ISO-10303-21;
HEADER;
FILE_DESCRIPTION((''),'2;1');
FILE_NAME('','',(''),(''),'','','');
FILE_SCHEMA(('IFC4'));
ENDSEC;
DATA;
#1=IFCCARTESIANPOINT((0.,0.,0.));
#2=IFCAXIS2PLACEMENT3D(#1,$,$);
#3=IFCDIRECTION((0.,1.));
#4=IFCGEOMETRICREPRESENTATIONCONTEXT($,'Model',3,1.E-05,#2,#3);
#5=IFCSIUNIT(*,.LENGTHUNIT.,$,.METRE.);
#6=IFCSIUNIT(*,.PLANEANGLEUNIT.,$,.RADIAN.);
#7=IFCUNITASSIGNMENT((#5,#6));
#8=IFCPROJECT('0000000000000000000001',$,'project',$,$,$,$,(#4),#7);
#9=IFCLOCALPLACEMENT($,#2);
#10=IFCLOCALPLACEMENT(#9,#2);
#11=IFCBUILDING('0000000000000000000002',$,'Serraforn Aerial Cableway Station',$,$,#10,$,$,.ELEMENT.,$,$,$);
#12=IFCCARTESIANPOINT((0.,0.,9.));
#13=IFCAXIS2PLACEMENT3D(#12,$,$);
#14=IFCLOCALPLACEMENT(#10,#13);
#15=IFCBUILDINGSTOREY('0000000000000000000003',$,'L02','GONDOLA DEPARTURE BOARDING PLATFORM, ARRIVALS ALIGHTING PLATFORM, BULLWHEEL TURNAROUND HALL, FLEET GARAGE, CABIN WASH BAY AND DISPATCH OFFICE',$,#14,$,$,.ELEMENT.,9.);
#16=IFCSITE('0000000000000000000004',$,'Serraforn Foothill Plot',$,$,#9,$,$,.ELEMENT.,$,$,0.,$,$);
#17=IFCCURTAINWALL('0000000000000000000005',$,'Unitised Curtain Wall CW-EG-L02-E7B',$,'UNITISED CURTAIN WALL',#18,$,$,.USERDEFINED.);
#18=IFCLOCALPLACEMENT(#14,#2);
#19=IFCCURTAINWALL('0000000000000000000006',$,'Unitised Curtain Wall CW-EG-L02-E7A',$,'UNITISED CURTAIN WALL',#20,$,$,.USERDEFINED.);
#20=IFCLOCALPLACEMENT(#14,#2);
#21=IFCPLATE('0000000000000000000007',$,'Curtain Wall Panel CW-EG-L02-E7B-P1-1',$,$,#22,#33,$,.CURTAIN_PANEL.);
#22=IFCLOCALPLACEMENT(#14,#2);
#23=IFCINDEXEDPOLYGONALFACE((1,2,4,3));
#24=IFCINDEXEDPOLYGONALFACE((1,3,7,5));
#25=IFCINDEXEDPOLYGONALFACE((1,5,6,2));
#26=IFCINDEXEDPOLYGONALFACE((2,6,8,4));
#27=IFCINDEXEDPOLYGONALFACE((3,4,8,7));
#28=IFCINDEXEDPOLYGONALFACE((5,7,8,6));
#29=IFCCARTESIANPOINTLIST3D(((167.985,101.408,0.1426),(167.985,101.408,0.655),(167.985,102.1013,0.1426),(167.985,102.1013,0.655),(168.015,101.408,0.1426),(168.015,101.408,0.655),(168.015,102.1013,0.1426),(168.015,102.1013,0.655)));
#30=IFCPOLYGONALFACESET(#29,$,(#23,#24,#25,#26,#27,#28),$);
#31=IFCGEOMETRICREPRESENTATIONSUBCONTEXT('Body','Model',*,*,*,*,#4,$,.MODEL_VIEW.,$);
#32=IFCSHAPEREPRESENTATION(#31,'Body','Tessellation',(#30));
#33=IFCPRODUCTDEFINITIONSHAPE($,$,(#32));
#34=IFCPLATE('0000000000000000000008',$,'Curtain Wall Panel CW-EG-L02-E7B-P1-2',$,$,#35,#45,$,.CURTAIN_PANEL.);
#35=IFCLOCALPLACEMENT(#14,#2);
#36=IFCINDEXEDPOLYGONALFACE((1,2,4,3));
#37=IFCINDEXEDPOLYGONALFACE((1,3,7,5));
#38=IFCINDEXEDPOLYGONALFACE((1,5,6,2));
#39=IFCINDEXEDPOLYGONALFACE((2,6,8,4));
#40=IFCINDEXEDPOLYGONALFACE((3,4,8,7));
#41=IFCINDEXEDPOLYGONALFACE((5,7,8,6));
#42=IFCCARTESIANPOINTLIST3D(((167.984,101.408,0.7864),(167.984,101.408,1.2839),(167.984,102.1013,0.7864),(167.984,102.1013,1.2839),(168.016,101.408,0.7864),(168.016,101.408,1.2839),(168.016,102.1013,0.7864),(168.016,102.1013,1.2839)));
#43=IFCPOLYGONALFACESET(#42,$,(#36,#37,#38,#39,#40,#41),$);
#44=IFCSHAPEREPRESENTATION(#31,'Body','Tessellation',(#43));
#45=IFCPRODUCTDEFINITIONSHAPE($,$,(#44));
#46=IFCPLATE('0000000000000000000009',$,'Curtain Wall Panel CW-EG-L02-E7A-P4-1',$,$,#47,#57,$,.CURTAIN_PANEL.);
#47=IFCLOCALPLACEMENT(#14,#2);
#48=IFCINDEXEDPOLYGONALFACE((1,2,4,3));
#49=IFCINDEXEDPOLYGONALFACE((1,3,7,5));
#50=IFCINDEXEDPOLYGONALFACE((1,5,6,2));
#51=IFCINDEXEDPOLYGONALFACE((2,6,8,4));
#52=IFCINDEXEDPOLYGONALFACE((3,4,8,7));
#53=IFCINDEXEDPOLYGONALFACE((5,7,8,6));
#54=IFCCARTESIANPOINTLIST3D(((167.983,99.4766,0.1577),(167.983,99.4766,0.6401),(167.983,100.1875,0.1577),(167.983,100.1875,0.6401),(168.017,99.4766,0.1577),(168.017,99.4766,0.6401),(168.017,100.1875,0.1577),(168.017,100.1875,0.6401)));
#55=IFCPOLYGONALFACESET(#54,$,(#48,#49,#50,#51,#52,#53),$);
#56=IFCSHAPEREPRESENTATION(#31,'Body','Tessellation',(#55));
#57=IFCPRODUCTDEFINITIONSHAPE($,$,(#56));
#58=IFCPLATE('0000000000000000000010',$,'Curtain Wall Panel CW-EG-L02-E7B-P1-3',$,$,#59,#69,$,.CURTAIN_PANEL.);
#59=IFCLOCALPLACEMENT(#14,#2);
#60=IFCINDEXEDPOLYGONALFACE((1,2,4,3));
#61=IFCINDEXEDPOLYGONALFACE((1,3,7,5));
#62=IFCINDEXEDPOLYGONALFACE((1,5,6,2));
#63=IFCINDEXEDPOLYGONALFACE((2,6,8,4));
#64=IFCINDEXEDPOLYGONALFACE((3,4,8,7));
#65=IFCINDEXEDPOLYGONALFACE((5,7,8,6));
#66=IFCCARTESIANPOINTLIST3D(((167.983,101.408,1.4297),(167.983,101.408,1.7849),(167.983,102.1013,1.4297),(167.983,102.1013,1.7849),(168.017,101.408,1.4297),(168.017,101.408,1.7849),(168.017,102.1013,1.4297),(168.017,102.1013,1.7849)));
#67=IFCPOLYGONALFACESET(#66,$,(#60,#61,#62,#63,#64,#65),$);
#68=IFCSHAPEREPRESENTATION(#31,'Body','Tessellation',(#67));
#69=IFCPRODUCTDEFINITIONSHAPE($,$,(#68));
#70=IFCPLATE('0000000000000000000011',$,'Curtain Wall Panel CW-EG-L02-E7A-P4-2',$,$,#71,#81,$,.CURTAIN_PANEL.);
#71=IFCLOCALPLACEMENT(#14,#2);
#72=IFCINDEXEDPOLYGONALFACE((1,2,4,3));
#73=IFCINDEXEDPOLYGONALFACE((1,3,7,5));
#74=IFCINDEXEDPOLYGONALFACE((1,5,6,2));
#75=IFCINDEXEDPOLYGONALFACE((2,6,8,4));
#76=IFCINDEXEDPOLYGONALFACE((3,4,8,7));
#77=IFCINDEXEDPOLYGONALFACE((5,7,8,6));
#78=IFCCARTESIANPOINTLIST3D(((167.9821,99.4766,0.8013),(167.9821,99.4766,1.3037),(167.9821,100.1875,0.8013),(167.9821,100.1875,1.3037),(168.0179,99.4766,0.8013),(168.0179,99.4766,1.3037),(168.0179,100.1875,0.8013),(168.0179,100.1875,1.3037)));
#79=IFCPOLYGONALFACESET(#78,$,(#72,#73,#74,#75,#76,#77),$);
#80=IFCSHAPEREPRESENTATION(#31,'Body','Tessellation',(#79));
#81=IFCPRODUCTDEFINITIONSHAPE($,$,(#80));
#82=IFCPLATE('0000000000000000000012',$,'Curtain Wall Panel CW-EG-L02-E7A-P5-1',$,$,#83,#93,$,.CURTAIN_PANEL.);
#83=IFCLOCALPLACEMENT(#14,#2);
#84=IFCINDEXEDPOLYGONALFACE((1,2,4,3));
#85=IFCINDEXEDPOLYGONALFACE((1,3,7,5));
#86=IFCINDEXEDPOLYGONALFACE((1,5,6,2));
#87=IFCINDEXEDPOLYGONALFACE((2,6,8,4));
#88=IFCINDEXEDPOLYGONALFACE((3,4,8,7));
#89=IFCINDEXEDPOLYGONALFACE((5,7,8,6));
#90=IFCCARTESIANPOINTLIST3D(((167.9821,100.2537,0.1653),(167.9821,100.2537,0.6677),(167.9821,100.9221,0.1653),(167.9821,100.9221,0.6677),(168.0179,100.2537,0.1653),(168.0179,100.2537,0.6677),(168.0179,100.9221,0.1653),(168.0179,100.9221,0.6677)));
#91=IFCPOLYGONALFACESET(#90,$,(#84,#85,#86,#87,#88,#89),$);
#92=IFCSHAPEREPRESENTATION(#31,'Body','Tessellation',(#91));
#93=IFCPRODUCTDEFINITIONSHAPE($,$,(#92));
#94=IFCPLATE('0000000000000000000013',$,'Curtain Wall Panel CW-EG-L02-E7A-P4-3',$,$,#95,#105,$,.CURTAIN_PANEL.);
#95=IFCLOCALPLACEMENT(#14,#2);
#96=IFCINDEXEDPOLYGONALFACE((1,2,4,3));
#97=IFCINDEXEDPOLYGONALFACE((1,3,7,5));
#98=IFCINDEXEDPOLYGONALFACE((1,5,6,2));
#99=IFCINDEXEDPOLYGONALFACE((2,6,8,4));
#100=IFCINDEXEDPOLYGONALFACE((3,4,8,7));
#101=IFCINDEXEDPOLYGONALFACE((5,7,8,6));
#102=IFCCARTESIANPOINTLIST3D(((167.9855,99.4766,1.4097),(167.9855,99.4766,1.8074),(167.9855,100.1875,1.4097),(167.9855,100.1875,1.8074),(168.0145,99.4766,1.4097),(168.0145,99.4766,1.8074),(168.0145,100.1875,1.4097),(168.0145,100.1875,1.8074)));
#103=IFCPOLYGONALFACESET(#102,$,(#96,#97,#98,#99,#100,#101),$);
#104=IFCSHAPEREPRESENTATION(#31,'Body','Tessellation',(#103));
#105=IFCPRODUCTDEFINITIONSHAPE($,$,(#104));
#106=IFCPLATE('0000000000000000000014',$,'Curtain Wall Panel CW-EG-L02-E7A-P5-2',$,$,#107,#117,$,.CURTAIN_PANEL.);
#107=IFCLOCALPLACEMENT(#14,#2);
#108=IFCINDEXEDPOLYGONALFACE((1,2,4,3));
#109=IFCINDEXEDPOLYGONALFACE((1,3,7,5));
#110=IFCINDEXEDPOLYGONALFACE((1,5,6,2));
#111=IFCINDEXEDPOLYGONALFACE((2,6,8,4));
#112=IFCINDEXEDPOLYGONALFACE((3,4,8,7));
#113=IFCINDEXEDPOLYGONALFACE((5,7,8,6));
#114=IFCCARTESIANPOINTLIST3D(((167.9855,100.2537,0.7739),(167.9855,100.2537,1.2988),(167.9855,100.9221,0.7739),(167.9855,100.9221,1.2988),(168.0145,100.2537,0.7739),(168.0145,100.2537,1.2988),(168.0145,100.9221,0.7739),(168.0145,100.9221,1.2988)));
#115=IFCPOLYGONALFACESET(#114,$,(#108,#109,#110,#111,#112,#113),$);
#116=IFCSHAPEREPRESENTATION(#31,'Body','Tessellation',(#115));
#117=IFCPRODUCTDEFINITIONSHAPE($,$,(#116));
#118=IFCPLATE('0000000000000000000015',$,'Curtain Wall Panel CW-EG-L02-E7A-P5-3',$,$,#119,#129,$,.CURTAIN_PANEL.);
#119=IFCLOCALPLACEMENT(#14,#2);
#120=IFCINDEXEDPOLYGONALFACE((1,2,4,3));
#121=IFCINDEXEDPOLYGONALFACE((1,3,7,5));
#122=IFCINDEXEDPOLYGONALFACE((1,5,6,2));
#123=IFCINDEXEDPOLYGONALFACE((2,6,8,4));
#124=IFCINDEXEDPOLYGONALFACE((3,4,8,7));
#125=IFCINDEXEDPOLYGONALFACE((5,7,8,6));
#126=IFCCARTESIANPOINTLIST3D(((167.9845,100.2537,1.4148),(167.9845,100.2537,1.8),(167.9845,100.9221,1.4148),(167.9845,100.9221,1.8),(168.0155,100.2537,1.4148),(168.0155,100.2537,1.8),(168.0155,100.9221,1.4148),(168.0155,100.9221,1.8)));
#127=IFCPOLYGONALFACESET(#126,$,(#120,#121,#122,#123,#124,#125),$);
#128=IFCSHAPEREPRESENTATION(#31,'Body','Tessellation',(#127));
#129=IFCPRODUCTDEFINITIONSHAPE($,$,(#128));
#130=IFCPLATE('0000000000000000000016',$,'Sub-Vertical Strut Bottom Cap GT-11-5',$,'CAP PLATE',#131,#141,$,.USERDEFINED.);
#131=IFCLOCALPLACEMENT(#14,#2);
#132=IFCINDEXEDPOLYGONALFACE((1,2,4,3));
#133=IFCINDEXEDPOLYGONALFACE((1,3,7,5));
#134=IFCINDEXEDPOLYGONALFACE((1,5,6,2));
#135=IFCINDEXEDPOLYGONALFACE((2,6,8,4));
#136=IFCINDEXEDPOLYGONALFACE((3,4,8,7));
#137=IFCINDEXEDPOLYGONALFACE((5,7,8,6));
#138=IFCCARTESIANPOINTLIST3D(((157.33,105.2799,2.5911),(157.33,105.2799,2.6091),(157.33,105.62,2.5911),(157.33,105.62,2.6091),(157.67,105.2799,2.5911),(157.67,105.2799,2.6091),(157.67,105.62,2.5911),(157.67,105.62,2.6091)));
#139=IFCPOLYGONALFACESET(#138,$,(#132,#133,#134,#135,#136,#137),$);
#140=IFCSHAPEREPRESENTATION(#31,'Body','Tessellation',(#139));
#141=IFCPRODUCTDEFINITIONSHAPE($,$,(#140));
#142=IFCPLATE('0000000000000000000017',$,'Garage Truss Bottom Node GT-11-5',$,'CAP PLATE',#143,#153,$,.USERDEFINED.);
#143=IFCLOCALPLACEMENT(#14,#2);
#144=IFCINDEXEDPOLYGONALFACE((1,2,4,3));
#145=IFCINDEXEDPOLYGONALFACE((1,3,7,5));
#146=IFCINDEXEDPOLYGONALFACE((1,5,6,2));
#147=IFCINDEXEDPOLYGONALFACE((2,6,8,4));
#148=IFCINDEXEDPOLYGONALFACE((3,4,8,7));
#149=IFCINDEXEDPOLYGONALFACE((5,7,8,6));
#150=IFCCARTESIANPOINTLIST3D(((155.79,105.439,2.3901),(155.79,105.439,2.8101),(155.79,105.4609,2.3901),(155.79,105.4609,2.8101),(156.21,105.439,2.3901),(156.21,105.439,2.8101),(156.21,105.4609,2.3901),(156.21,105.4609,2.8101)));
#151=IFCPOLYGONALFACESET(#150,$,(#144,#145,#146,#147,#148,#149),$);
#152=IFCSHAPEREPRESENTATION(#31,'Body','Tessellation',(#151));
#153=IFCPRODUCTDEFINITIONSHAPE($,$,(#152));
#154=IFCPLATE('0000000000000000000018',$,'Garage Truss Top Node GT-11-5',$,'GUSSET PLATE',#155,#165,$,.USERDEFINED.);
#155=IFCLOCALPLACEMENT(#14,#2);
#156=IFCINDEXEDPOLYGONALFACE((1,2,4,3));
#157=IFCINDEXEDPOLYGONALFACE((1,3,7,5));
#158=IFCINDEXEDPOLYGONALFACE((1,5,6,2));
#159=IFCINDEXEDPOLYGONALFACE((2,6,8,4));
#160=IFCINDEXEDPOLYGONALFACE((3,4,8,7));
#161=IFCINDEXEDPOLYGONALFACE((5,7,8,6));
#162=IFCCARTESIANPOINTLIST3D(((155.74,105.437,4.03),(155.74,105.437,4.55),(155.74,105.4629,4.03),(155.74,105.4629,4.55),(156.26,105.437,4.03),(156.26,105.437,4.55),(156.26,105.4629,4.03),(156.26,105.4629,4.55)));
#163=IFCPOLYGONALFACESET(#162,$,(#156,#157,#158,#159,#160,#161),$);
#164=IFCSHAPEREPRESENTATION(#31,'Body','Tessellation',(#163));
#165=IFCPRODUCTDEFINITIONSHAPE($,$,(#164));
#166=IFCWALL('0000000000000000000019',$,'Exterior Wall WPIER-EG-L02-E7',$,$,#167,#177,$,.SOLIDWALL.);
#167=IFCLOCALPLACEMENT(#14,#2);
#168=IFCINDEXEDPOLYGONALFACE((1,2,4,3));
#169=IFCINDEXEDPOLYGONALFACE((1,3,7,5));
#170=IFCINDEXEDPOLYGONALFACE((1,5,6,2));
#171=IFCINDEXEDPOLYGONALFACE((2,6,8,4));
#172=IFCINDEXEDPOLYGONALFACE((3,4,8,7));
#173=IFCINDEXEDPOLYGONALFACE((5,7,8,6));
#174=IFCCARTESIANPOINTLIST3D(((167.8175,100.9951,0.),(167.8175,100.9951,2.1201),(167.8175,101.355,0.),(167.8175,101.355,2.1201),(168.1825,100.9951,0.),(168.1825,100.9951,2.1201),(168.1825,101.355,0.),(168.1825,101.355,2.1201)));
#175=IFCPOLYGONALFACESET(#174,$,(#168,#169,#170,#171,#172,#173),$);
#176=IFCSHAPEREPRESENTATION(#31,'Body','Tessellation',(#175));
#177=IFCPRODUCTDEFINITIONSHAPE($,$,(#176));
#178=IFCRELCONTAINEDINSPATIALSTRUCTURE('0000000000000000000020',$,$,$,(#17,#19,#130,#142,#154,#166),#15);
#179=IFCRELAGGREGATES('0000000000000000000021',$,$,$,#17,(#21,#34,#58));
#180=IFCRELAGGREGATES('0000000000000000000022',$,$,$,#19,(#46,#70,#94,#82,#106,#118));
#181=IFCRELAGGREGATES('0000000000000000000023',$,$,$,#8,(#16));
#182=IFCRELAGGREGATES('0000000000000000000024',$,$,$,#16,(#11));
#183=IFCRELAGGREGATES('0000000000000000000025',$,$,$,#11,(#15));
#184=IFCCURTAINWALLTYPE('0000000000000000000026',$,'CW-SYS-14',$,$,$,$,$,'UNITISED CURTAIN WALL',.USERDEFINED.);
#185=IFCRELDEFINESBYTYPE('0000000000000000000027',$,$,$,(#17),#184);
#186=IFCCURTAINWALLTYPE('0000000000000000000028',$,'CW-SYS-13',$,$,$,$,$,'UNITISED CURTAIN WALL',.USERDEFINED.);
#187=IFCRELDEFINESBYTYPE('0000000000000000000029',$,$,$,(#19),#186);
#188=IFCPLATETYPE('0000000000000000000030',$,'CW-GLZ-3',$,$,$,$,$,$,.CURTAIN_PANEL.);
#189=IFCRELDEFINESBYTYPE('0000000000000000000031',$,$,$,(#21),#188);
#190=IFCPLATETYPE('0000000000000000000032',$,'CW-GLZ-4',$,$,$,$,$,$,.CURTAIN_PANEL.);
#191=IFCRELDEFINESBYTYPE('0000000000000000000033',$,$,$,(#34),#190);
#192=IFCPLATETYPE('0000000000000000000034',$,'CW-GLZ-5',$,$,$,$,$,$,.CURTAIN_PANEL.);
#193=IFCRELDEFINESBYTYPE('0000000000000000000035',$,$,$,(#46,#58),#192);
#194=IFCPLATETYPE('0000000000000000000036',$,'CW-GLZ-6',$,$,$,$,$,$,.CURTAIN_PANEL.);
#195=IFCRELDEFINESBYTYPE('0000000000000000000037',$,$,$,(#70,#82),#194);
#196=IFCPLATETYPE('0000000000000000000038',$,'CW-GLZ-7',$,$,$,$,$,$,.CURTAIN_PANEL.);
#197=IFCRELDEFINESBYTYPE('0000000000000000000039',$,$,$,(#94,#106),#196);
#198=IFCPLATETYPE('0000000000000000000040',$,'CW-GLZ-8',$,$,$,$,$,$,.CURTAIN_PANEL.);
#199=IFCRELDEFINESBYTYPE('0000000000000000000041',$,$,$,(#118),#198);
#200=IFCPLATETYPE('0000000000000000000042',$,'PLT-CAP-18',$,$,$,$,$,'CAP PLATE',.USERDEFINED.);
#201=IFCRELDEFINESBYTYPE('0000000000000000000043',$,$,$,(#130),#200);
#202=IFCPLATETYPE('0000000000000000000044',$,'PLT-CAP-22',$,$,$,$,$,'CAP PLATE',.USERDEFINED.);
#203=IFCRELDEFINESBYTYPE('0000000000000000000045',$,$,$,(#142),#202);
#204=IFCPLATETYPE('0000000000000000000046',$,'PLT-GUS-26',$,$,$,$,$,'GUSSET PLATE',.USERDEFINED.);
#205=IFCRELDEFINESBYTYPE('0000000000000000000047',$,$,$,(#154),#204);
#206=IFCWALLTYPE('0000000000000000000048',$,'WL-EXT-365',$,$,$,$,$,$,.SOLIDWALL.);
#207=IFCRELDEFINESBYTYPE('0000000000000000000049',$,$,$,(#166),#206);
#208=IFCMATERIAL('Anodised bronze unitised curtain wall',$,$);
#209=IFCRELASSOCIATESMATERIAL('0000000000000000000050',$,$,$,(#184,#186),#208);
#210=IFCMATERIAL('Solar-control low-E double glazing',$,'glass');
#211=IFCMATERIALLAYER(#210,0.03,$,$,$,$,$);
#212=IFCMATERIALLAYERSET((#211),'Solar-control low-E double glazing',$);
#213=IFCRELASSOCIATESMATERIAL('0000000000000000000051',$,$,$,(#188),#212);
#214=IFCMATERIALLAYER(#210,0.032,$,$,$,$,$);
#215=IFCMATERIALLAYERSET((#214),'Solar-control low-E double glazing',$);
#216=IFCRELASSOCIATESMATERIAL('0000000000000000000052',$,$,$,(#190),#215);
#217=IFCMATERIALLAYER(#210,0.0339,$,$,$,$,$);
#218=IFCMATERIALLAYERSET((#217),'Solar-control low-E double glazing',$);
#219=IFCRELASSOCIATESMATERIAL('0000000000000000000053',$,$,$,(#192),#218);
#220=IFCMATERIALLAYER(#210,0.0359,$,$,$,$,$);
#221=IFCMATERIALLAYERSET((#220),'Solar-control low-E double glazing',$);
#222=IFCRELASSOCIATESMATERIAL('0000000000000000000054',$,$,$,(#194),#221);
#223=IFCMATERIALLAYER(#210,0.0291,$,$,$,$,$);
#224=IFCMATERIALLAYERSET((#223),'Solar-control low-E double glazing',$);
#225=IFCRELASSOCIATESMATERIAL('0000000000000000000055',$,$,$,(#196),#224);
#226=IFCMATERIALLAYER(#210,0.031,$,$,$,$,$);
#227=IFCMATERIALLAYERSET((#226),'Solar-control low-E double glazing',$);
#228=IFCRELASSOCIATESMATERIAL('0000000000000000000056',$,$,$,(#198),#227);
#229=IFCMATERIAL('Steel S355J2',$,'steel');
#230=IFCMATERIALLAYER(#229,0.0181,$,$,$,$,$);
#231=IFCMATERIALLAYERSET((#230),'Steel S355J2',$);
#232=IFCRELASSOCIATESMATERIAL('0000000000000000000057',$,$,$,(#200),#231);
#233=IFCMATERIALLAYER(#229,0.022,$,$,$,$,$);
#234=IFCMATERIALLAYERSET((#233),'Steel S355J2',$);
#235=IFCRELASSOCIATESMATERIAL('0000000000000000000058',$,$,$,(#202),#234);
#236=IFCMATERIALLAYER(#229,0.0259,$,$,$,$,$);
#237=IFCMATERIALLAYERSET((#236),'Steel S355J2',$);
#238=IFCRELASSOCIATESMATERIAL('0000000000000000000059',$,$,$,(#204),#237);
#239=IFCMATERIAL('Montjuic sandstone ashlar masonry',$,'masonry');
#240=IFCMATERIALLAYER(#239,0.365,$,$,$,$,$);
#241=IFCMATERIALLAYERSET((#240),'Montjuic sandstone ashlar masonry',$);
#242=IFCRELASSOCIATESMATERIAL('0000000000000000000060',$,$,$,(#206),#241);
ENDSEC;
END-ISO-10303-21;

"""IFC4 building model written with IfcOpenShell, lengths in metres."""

from ifc_helpers import new_model, si_unit, direction, frame, frame_2d, origin, origin_2d, place, context, subcontext, project, spatial, rectangle, extrude, material, layer, layer_set, type_object, element, aggregate, save


model = new_model("IFC4")

# Units and contexts
model_context = context("Model", 3, precision=1e-05, world=origin(), true_north=direction((0.0, 1.0)))
body_context = subcontext(model_context, "Body", "Model", "MODEL_VIEW")
ifc_project = project(units=[si_unit("LENGTHUNIT", "METRE"), si_unit("PLANEANGLEUNIT", "RADIAN")], contexts=[model_context])

# Site, building, storey
site_placement = place(None, origin())
site = spatial("IfcSite", under=ifc_project, at=site_placement, Name="Serraforn Foothill Plot", CompositionType="ELEMENT", RefElevation=0.0)
building_placement = place(site_placement, origin())
building = spatial("IfcBuilding", under=site, at=building_placement, Name="Serraforn Aerial Cableway Station", CompositionType="ELEMENT")
storey_placement = place(building_placement, frame((0.0, 0.0, 9.0)))
storey = spatial("IfcBuildingStorey", under=building, at=storey_placement, Name="L02", Description="GONDOLA DEPARTURE BOARDING PLATFORM, ARRIVALS ALIGHTING PLATFORM, BULLWHEEL TURNAROUND HALL, FLEET GARAGE, CABIN WASH BAY AND DISPATCH OFFICE", CompositionType="ELEMENT", Elevation=9.0)

# Curtain wall
ifc_material_1 = material(Name="Anodised bronze unitised curtain wall")
curtain_wall_type_1 = type_object("IfcCurtainWallType", Name="CW-SYS-14", ElementType="UNITISED CURTAIN WALL", PredefinedType="USERDEFINED", material=ifc_material_1)
curtain_wall_1_placement = place(storey_placement, origin())
curtain_wall_1 = element("IfcCurtainWall", 1, at=curtain_wall_1_placement, inside=storey, type_object=curtain_wall_type_1, Name="Unitised Curtain Wall CW-EG-L02-E7B", ObjectType="UNITISED CURTAIN WALL", PredefinedType="USERDEFINED")

# Curtain wall
curtain_wall_type_2 = type_object("IfcCurtainWallType", Name="CW-SYS-13", ElementType="UNITISED CURTAIN WALL", PredefinedType="USERDEFINED", material=ifc_material_1)
curtain_wall_2_placement = place(storey_placement, origin())
curtain_wall_2 = element("IfcCurtainWall", 2, at=curtain_wall_2_placement, inside=storey, type_object=curtain_wall_type_2, Name="Unitised Curtain Wall CW-EG-L02-E7A", ObjectType="UNITISED CURTAIN WALL", PredefinedType="USERDEFINED")

# Shared definitions
ifc_material_2 = material(Name="Steel S355J2", Category="steel")

# Plates
ifc_material_3 = material(Name="Solar-control low-E double glazing", Category="glass")
ifc_layer_1 = layer(ifc_material_3, 0.03)
ifc_layer_set_1 = layer_set([ifc_layer_1], Name="Solar-control low-E double glazing")
plate_type_1 = type_object("IfcPlateType", Name="CW-GLZ-3", PredefinedType="CURTAIN_PANEL", material=ifc_layer_set_1)
plate_1_placement = place(storey_placement, frame((168.0, 101.7546, 0.1426), z_axis=(0.0, 0.0, 1.0), x_axis=(1.0, 0.0, 0.0)))
plate_1 = element("IfcPlate", 3, at=plate_1_placement, type_object=plate_type_1, Name="Curtain Wall Panel CW-EG-L02-E7B-P1-1", PredefinedType="CURTAIN_PANEL", context=body_context, shape_type="SweptSolid", body=[
    extrude(rectangle(XDim=0.03, YDim=0.6934, at=origin_2d()), origin(), (0.0, 0.0, 1.0), 0.5125),
])
ifc_layer_2 = layer(ifc_material_3, 0.032)
ifc_layer_set_2 = layer_set([ifc_layer_2], Name="Solar-control low-E double glazing")
plate_type_2 = type_object("IfcPlateType", Name="CW-GLZ-4", PredefinedType="CURTAIN_PANEL", material=ifc_layer_set_2)
plate_2_placement = place(storey_placement, frame((168.0, 101.7546, 0.7864), z_axis=(0.0, 0.0, 1.0), x_axis=(1.0, 0.0, 0.0)))
plate_2 = element("IfcPlate", 4, at=plate_2_placement, type_object=plate_type_2, Name="Curtain Wall Panel CW-EG-L02-E7B-P1-2", PredefinedType="CURTAIN_PANEL", context=body_context, shape_type="SweptSolid", body=[
    extrude(rectangle(XDim=0.032, YDim=0.6934, at=origin_2d()), origin(), (0.0, 0.0, 1.0), 0.4976),
])
ifc_layer_3 = layer(ifc_material_3, 0.0339)
ifc_layer_set_3 = layer_set([ifc_layer_3], Name="Solar-control low-E double glazing")
plate_type_3 = type_object("IfcPlateType", Name="CW-GLZ-5", PredefinedType="CURTAIN_PANEL", material=ifc_layer_set_3)
plate_3_placement = place(storey_placement, frame((168.0, 99.832, 0.1577), z_axis=(0.0, 0.0, 1.0), x_axis=(1.0, 0.0, 0.0)))
plate_3 = element("IfcPlate", 5, at=plate_3_placement, type_object=plate_type_3, Name="Curtain Wall Panel CW-EG-L02-E7A-P4-1", PredefinedType="CURTAIN_PANEL", context=body_context, shape_type="SweptSolid", body=[
    extrude(rectangle(XDim=0.0339, YDim=0.7109, at=origin_2d()), origin(), (0.0, 0.0, 1.0), 0.4824),
])
plate_4_placement = place(storey_placement, frame((168.0, 101.7546, 1.4297), z_axis=(0.0, 0.0, 1.0), x_axis=(1.0, 0.0, 0.0)))
plate_4 = element("IfcPlate", 6, at=plate_4_placement, type_object=plate_type_3, Name="Curtain Wall Panel CW-EG-L02-E7B-P1-3", PredefinedType="CURTAIN_PANEL", context=body_context, shape_type="SweptSolid", body=[
    extrude(rectangle(XDim=0.0339, YDim=0.6934, at=origin_2d()), origin(), (0.0, 0.0, 1.0), 0.3552),
])
aggregate(curtain_wall_1, [plate_1, plate_2, plate_4])
ifc_layer_4 = layer(ifc_material_3, 0.0359)
ifc_layer_set_4 = layer_set([ifc_layer_4], Name="Solar-control low-E double glazing")
plate_type_4 = type_object("IfcPlateType", Name="CW-GLZ-6", PredefinedType="CURTAIN_PANEL", material=ifc_layer_set_4)
plate_5_placement = place(storey_placement, frame((168.0, 99.832, 0.8013), z_axis=(0.0, 0.0, 1.0), x_axis=(1.0, 0.0, 0.0)))
plate_5 = element("IfcPlate", 7, at=plate_5_placement, type_object=plate_type_4, Name="Curtain Wall Panel CW-EG-L02-E7A-P4-2", PredefinedType="CURTAIN_PANEL", context=body_context, shape_type="SweptSolid", body=[
    extrude(rectangle(XDim=0.0359, YDim=0.7109, at=origin_2d()), origin(), (0.0, 0.0, 1.0), 0.5024),
])
plate_6_placement = place(storey_placement, frame((168.0, 100.5879, 0.1653), z_axis=(0.0, 0.0, 1.0), x_axis=(1.0, 0.0, 0.0)))
plate_6 = element("IfcPlate", 8, at=plate_6_placement, type_object=plate_type_4, Name="Curtain Wall Panel CW-EG-L02-E7A-P5-1", PredefinedType="CURTAIN_PANEL", context=body_context, shape_type="SweptSolid", body=[
    extrude(rectangle(XDim=0.0359, YDim=0.6685, at=origin_2d()), origin(), (0.0, 0.0, 1.0), 0.5024),
])
ifc_layer_5 = layer(ifc_material_3, 0.0291)
ifc_layer_set_5 = layer_set([ifc_layer_5], Name="Solar-control low-E double glazing")
plate_type_5 = type_object("IfcPlateType", Name="CW-GLZ-7", PredefinedType="CURTAIN_PANEL", material=ifc_layer_set_5)
plate_7_placement = place(storey_placement, frame((168.0, 99.832, 1.4097), z_axis=(0.0, 0.0, 1.0), x_axis=(1.0, 0.0, 0.0)))
plate_7 = element("IfcPlate", 9, at=plate_7_placement, type_object=plate_type_5, Name="Curtain Wall Panel CW-EG-L02-E7A-P4-3", PredefinedType="CURTAIN_PANEL", context=body_context, shape_type="SweptSolid", body=[
    extrude(rectangle(XDim=0.0291, YDim=0.7109, at=origin_2d()), origin(), (0.0, 0.0, 1.0), 0.3977),
])
plate_8_placement = place(storey_placement, frame((168.0, 100.5879, 0.7739), z_axis=(0.0, 0.0, 1.0), x_axis=(1.0, 0.0, 0.0)))
plate_8 = element("IfcPlate", 10, at=plate_8_placement, type_object=plate_type_5, Name="Curtain Wall Panel CW-EG-L02-E7A-P5-2", PredefinedType="CURTAIN_PANEL", context=body_context, shape_type="SweptSolid", body=[
    extrude(rectangle(XDim=0.0291, YDim=0.6685, at=origin_2d()), origin(), (0.0, 0.0, 1.0), 0.5249),
])
ifc_layer_6 = layer(ifc_material_3, 0.031)
ifc_layer_set_6 = layer_set([ifc_layer_6], Name="Solar-control low-E double glazing")
plate_type_6 = type_object("IfcPlateType", Name="CW-GLZ-8", PredefinedType="CURTAIN_PANEL", material=ifc_layer_set_6)
plate_9_placement = place(storey_placement, frame((168.0, 100.5879, 1.4148), z_axis=(0.0, 0.0, 1.0), x_axis=(1.0, 0.0, 0.0)))
plate_9 = element("IfcPlate", 11, at=plate_9_placement, type_object=plate_type_6, Name="Curtain Wall Panel CW-EG-L02-E7A-P5-3", PredefinedType="CURTAIN_PANEL", context=body_context, shape_type="SweptSolid", body=[
    extrude(rectangle(XDim=0.031, YDim=0.6685, at=origin_2d()), origin(), (0.0, 0.0, 1.0), 0.3853),
])
aggregate(curtain_wall_2, [plate_3, plate_5, plate_7, plate_6, plate_8, plate_9])

# Plates
ifc_layer_7 = layer(ifc_material_2, 0.0181)
ifc_layer_set_7 = layer_set([ifc_layer_7], Name="Steel S355J2")
plate_type_7 = type_object("IfcPlateType", Name="PLT-CAP-18", ElementType="CAP PLATE", PredefinedType="USERDEFINED", material=ifc_layer_set_7)
plate_10_placement = place(storey_placement, frame((157.5, 105.45, 2.5911), z_axis=(0.0, 0.0, 1.0), x_axis=(1.0, 0.0, 0.0)))
element("IfcPlate", 12, at=plate_10_placement, inside=storey, type_object=plate_type_7, Name="Sub-Vertical Strut Bottom Cap GT-11-5", ObjectType="CAP PLATE", PredefinedType="USERDEFINED", context=body_context, shape_type="SweptSolid", body=[
    extrude(rectangle(XDim=0.3401, YDim=0.3401, at=origin_2d()), origin(), (0.0, 0.0, 1.0), 0.0181),
])
ifc_layer_8 = layer(ifc_material_2, 0.022)
ifc_layer_set_8 = layer_set([ifc_layer_8], Name="Steel S355J2")
plate_type_8 = type_object("IfcPlateType", Name="PLT-CAP-22", ElementType="CAP PLATE", PredefinedType="USERDEFINED", material=ifc_layer_set_8)
plate_11_placement = place(storey_placement, frame((156.0, 105.45, 2.3901), z_axis=(0.0, 0.0, 1.0), x_axis=(1.0, 0.0, 0.0)))
element("IfcPlate", 13, at=plate_11_placement, inside=storey, type_object=plate_type_8, Name="Garage Truss Bottom Node GT-11-5", ObjectType="CAP PLATE", PredefinedType="USERDEFINED", context=body_context, shape_type="SweptSolid", body=[
    extrude(rectangle(XDim=0.4199, YDim=0.022, at=origin_2d()), origin(), (0.0, 0.0, 1.0), 0.4199),
])
ifc_layer_9 = layer(ifc_material_2, 0.0259)
ifc_layer_set_9 = layer_set([ifc_layer_9], Name="Steel S355J2")
plate_type_9 = type_object("IfcPlateType", Name="PLT-GUS-26", ElementType="GUSSET PLATE", PredefinedType="USERDEFINED", material=ifc_layer_set_9)
plate_12_placement = place(storey_placement, frame((156.0, 105.45, 4.03), z_axis=(0.0, 0.0, 1.0), x_axis=(1.0, 0.0, 0.0)))
element("IfcPlate", 14, at=plate_12_placement, inside=storey, type_object=plate_type_9, Name="Garage Truss Top Node GT-11-5", ObjectType="GUSSET PLATE", PredefinedType="USERDEFINED", context=body_context, shape_type="SweptSolid", body=[
    extrude(rectangle(XDim=0.52, YDim=0.0259, at=origin_2d()), origin(), (0.0, 0.0, 1.0), 0.52),
])

# Wall
ifc_material_4 = material(Name="Montjuic sandstone ashlar masonry", Category="masonry")
ifc_layer_10 = layer(ifc_material_4, 0.365)
ifc_layer_set_10 = layer_set([ifc_layer_10], Name="Montjuic sandstone ashlar masonry")
wall_type = type_object("IfcWallType", Name="WL-EXT-365", PredefinedType="SOLIDWALL", material=ifc_layer_set_10)
wall_placement = place(storey_placement, frame((168.0, 100.9951, 0.0), z_axis=(0.0, 0.0, 1.0), x_axis=(0.0, 1.0, 0.0)))
element("IfcWall", 15, at=wall_placement, inside=storey, type_object=wall_type, Name="Exterior Wall WPIER-EG-L02-E7", PredefinedType="SOLIDWALL", context=body_context, shape_type="SweptSolid", body=[
    extrude(rectangle(XDim=0.3599, YDim=0.365, at=frame_2d((0.1799, 0.0))), origin(), (0.0, 0.0, 1.0), 2.1201),
])

save(model, "model.ifc")
